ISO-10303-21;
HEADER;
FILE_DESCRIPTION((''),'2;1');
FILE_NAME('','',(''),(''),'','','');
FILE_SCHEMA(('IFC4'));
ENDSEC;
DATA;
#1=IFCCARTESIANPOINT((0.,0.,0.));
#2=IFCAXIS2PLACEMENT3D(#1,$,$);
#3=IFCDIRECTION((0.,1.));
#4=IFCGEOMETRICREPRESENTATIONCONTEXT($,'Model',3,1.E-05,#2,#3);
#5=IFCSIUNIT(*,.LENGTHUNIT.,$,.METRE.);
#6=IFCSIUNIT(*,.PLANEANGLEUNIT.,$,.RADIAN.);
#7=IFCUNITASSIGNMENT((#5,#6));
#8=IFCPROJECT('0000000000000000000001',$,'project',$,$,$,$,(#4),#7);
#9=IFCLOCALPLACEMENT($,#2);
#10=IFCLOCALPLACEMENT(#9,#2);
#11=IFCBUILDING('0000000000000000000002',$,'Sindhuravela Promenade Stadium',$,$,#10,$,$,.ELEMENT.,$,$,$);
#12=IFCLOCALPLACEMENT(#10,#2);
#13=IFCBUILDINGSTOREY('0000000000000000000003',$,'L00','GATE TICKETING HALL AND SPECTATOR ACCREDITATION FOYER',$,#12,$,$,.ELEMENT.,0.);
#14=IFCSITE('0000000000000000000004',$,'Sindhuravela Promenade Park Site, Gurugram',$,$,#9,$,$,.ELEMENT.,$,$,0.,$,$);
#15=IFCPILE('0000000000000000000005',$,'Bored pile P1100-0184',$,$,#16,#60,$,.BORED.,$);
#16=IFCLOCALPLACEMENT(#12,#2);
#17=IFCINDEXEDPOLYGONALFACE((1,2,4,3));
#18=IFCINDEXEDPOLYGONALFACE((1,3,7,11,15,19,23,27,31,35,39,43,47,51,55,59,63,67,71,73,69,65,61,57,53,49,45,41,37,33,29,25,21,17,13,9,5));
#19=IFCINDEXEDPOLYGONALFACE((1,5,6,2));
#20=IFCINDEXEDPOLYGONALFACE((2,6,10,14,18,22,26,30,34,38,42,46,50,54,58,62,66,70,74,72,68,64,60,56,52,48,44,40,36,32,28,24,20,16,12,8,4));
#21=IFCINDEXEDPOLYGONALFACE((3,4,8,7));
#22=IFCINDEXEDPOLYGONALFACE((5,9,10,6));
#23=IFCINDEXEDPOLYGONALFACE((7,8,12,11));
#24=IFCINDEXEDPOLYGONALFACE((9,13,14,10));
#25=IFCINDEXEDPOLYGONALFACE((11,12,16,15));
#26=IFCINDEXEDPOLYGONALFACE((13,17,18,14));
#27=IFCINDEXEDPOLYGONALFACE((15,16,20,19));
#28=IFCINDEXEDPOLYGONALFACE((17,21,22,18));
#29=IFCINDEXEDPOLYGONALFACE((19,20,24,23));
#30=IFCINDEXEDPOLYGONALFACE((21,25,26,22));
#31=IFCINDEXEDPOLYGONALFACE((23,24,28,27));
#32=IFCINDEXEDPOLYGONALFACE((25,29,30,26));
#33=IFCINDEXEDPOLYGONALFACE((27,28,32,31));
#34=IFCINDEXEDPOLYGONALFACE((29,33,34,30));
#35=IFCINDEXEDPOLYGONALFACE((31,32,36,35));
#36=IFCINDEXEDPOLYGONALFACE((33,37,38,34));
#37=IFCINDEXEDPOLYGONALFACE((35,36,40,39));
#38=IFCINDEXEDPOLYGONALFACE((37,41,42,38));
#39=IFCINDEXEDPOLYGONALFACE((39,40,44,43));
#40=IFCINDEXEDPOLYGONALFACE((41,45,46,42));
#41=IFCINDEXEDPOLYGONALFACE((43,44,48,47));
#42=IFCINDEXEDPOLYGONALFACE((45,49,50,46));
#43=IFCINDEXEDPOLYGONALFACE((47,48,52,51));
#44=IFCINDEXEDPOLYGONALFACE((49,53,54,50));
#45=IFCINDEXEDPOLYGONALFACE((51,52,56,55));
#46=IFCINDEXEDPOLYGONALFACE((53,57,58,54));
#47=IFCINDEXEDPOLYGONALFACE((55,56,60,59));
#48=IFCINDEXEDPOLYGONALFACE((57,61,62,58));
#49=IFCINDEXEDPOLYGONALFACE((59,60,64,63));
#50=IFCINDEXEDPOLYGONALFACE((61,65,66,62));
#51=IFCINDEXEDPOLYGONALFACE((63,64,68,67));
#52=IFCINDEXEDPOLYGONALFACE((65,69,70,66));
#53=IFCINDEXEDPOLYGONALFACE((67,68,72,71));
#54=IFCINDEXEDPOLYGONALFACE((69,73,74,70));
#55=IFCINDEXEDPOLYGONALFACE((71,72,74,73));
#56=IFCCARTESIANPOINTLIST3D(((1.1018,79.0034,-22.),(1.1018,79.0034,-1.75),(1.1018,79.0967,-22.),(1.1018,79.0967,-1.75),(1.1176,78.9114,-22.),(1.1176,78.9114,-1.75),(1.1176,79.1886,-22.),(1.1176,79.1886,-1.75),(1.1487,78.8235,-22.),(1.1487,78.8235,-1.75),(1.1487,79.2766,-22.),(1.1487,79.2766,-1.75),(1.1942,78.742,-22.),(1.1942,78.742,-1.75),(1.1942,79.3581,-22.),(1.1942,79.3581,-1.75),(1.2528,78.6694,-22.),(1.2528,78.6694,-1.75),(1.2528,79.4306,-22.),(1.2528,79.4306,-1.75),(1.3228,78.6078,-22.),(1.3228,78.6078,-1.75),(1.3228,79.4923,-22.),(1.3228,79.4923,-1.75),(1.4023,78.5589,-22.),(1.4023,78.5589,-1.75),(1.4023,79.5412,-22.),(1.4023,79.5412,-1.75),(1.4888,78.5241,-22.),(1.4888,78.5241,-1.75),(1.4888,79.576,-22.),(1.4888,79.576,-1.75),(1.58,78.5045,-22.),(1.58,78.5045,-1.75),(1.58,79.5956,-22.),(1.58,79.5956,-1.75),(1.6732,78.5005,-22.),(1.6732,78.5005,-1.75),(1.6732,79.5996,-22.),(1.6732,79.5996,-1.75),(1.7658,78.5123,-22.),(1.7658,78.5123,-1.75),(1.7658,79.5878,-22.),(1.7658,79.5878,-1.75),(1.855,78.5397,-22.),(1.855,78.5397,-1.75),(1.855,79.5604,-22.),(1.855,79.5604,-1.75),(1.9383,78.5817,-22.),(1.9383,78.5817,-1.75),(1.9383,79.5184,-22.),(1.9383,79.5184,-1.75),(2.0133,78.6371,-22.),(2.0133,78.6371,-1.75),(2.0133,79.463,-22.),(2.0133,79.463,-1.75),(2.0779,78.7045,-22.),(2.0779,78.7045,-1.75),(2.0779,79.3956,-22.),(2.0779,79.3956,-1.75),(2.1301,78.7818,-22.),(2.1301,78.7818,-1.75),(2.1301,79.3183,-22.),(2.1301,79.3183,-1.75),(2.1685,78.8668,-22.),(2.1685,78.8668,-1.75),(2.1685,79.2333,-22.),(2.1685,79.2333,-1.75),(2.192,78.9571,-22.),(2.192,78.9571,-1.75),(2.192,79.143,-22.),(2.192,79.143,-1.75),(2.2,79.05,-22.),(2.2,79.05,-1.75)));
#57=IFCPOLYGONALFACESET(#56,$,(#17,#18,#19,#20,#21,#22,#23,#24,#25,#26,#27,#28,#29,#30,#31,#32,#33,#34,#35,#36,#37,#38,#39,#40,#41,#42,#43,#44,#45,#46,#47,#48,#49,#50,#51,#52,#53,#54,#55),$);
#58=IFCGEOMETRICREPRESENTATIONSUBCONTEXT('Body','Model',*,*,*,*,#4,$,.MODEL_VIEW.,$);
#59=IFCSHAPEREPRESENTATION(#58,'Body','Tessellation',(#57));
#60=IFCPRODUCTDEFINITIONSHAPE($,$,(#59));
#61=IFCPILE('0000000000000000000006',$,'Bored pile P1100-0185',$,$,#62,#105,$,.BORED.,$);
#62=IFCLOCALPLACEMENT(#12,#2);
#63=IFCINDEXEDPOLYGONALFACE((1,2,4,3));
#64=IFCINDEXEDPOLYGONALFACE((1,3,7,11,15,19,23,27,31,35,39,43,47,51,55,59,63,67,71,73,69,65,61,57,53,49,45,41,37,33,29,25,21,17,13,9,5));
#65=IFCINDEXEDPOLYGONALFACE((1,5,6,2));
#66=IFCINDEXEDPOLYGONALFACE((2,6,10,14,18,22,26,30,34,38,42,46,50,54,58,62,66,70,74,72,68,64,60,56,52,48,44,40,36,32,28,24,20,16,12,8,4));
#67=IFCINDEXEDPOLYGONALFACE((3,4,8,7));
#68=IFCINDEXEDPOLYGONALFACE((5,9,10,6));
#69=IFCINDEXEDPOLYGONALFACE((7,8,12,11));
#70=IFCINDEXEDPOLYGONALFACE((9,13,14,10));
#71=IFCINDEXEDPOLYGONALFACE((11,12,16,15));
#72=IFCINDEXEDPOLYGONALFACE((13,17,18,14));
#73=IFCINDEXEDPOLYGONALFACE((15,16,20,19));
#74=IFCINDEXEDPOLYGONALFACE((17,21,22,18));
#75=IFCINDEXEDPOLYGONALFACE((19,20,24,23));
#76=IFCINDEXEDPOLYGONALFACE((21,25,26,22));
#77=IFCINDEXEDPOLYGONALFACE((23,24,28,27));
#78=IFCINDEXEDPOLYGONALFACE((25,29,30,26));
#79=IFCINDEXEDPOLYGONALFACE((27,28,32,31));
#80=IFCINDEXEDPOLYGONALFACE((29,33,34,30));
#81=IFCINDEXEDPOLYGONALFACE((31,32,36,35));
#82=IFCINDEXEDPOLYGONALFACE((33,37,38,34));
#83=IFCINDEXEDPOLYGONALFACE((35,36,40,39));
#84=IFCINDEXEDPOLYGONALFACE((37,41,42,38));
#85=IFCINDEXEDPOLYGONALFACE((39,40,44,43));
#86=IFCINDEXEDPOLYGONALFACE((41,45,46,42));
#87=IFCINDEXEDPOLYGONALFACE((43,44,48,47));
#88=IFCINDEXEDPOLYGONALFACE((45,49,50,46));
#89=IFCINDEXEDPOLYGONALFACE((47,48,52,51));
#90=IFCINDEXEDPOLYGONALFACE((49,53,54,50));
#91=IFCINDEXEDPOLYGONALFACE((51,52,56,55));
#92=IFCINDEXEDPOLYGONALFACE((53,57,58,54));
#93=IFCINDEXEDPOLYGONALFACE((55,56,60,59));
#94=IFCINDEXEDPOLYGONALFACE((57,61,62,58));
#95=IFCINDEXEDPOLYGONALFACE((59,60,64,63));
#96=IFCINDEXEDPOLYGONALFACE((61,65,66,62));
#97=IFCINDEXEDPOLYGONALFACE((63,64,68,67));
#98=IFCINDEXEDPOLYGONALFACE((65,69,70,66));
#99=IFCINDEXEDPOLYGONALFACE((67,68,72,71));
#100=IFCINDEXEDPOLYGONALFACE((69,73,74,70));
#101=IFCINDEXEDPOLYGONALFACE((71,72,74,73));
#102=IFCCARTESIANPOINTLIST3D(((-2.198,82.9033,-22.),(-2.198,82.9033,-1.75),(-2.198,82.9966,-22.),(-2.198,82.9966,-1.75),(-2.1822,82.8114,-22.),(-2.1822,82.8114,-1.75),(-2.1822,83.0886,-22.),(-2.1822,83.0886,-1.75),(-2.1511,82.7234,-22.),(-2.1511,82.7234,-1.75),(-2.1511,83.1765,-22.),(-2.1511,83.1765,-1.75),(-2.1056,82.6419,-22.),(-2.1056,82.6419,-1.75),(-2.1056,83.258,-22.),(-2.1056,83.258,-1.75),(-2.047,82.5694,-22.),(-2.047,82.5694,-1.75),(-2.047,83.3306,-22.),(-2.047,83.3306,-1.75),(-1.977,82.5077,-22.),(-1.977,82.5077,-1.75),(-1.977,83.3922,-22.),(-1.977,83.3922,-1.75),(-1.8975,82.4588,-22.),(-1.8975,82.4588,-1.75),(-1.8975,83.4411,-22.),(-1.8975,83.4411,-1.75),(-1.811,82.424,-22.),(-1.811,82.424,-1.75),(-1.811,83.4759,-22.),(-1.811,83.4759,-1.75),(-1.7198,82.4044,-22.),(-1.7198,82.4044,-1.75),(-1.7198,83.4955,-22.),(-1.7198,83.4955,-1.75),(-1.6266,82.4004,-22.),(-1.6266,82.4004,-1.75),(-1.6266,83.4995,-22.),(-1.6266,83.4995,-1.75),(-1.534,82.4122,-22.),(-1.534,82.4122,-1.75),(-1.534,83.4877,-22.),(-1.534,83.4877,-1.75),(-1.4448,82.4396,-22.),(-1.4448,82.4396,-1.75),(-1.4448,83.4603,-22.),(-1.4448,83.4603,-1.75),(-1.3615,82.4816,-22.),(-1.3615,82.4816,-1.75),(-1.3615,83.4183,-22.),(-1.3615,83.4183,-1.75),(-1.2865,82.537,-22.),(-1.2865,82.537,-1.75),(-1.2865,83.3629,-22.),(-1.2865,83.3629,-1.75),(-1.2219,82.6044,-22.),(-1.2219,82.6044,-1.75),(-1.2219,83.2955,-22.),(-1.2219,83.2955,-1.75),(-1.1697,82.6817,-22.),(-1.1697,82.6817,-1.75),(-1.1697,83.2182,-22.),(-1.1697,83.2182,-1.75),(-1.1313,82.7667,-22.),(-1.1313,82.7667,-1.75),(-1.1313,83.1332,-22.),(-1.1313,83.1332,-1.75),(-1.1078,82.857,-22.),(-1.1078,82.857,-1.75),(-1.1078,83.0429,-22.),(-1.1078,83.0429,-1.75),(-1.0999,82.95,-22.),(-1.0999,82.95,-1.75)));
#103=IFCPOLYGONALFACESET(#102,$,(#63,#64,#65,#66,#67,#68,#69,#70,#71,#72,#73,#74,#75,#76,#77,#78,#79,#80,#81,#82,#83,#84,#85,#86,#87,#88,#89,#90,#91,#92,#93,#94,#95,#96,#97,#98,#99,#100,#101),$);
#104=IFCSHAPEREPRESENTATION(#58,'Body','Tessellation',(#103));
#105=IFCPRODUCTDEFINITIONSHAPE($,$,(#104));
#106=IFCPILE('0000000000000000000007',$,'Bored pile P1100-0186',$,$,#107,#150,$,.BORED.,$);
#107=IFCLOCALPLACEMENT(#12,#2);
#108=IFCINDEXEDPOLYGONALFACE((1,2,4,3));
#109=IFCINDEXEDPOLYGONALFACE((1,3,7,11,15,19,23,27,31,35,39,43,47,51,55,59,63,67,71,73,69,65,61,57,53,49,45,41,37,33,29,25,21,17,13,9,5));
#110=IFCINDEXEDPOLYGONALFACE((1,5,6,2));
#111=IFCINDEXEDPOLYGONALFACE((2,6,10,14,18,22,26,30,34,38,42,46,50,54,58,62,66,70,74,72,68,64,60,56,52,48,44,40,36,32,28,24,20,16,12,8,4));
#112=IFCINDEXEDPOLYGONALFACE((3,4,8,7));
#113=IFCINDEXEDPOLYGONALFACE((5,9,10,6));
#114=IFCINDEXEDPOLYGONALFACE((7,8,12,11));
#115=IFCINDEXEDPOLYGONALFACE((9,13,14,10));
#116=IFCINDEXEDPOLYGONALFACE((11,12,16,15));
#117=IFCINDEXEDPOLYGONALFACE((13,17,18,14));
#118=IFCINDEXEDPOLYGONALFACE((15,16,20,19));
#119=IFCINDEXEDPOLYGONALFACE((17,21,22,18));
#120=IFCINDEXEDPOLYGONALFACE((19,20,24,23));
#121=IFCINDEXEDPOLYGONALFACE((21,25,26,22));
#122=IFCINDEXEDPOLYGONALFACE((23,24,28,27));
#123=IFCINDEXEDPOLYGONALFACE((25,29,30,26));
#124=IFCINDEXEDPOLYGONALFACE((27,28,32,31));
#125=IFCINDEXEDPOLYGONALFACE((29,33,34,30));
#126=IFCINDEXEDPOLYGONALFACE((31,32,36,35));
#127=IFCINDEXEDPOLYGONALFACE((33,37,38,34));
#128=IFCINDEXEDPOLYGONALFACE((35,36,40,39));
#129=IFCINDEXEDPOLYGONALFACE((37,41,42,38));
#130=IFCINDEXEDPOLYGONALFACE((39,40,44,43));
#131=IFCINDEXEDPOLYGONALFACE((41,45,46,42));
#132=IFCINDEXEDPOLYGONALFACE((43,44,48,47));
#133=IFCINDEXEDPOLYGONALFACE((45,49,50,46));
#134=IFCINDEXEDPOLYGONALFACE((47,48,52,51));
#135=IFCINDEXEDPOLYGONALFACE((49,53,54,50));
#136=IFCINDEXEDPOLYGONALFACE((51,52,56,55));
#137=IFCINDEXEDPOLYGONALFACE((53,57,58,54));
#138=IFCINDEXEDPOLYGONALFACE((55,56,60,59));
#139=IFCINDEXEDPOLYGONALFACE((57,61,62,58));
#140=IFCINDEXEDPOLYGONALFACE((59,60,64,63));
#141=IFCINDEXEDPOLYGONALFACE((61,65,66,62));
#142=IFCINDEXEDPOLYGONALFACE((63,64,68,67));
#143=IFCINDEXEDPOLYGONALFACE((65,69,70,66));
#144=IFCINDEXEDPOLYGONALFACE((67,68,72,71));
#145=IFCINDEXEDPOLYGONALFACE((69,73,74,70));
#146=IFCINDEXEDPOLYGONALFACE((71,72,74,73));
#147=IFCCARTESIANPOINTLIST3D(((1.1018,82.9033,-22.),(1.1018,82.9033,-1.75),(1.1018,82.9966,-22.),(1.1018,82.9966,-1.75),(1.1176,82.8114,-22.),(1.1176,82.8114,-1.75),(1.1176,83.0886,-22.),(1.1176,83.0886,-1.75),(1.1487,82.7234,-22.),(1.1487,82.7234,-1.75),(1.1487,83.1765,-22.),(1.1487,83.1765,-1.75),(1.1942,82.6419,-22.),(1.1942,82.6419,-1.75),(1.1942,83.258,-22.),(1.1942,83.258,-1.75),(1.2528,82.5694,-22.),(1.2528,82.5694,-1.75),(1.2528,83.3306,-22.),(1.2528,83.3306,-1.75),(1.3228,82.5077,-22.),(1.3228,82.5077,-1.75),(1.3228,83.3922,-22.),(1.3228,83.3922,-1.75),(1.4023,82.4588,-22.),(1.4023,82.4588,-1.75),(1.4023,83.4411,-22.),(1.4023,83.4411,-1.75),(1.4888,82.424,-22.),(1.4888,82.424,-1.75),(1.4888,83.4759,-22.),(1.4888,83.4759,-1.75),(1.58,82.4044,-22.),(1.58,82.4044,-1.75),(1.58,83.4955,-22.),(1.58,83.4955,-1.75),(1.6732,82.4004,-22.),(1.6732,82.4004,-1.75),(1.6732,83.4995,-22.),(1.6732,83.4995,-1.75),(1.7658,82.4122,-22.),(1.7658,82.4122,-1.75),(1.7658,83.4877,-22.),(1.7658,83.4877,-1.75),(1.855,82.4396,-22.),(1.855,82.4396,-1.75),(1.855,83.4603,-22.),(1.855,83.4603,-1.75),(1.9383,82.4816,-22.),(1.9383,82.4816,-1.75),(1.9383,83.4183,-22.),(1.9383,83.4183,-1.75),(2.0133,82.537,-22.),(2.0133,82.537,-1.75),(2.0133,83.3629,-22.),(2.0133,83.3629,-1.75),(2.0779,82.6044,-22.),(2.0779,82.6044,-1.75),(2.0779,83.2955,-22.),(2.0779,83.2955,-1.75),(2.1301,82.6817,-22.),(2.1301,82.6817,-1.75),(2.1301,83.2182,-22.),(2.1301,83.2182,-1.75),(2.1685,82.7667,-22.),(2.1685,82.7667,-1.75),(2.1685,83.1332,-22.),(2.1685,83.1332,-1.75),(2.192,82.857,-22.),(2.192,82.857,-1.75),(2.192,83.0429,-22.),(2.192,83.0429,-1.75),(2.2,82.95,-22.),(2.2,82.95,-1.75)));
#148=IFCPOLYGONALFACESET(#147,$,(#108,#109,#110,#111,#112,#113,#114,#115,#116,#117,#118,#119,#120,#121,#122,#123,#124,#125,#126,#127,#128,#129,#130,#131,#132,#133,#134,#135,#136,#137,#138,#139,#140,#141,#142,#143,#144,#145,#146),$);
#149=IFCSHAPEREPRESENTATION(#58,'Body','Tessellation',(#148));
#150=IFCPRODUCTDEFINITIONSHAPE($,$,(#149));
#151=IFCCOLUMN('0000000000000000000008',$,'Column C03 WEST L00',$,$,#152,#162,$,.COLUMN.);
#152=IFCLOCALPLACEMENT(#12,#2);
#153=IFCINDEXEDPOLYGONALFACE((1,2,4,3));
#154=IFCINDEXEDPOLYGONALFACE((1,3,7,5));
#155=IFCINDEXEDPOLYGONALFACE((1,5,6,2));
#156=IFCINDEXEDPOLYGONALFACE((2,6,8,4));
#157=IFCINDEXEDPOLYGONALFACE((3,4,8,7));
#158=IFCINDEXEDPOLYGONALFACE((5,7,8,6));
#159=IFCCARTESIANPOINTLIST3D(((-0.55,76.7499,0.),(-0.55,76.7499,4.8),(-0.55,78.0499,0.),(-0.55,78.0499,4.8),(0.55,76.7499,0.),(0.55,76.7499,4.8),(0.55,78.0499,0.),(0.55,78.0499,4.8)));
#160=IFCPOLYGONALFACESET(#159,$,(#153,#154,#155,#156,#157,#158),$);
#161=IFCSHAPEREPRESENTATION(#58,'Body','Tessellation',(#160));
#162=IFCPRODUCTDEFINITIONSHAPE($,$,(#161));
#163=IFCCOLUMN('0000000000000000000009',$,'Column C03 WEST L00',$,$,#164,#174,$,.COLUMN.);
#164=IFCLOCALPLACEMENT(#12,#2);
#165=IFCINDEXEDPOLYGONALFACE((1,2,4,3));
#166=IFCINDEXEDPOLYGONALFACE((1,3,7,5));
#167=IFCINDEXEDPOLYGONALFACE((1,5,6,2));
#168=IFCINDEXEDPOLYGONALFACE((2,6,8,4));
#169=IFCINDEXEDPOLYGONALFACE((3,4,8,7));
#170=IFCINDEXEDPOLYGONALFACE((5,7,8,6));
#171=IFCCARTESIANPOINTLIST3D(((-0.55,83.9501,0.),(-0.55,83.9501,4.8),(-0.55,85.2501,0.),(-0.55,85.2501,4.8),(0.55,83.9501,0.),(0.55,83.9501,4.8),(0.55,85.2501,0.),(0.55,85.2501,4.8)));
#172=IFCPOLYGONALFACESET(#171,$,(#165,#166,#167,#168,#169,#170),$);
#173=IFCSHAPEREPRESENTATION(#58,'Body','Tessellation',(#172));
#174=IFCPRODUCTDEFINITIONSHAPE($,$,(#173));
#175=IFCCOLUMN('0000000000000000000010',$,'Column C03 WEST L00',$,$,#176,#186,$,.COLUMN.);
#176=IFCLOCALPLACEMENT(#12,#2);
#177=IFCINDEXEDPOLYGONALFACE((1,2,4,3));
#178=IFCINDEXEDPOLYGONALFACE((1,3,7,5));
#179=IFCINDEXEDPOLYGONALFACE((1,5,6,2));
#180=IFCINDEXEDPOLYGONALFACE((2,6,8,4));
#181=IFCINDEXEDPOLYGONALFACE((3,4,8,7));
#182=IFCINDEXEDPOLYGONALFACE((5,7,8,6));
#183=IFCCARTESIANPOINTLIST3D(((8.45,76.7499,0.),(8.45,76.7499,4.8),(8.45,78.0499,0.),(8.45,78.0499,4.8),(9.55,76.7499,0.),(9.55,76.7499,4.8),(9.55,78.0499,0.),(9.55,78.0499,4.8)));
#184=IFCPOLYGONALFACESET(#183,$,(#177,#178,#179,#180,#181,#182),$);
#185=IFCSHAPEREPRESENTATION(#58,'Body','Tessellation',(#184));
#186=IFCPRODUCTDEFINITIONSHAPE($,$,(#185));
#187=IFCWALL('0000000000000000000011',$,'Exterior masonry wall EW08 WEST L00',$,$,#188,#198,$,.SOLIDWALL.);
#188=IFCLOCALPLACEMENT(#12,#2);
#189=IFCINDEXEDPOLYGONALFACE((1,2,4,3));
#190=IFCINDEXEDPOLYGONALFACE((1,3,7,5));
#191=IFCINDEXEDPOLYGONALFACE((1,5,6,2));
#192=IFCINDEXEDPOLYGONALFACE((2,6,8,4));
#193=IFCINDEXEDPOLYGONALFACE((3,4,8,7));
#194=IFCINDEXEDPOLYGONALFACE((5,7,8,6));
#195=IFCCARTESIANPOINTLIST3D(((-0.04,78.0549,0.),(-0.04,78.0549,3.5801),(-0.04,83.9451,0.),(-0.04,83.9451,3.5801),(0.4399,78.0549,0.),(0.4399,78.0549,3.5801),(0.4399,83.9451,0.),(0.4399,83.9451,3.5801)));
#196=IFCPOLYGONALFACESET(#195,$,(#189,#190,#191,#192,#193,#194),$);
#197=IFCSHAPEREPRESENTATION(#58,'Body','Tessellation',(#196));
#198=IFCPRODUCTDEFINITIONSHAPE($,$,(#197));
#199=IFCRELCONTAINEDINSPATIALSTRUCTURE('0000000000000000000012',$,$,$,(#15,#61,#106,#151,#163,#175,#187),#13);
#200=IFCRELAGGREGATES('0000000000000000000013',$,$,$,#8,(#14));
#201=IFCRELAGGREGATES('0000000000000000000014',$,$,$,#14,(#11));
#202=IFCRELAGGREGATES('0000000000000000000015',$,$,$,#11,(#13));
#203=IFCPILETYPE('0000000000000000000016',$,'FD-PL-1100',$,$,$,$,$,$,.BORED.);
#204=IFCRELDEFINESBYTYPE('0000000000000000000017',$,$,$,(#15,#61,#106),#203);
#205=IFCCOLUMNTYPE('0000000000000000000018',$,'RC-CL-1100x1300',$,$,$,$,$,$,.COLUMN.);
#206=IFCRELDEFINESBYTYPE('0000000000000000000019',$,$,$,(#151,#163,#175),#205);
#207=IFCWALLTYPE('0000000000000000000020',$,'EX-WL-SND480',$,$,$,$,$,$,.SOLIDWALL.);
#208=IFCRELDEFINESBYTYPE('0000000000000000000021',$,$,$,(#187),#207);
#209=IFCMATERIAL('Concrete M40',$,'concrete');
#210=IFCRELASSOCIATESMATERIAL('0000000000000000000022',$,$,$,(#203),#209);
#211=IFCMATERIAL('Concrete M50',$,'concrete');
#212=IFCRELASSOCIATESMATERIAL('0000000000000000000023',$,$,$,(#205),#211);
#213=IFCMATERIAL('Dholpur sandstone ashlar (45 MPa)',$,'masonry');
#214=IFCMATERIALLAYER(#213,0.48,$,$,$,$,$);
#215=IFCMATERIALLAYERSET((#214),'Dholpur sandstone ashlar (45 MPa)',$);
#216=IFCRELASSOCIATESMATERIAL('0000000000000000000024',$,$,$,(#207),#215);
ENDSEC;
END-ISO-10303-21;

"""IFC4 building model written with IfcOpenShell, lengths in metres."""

from ifc_helpers import new_model, si_unit, direction, frame, frame_2d, origin, origin_2d, place, context, subcontext, project, spatial, rectangle, circle, extrude, material, layer, layer_set, material_profile, profile_set, type_object, element, save


model = new_model("IFC4")

# Units and contexts
model_context = context("Model", 3, precision=1e-05, world=origin(), true_north=direction((0.0, 1.0)))
body_context = subcontext(model_context, "Body", "Model", "MODEL_VIEW")
ifc_project = project(units=[si_unit("LENGTHUNIT", "METRE"), si_unit("PLANEANGLEUNIT", "RADIAN")], contexts=[model_context])

# Site, building, storey
site_placement = place(None, origin())
site = spatial("IfcSite", under=ifc_project, at=site_placement, Name="Sindhuravela Promenade Park Site, Gurugram", CompositionType="ELEMENT", RefElevation=0.0)
building_placement = place(site_placement, origin())
building = spatial("IfcBuilding", under=site, at=building_placement, Name="Sindhuravela Promenade Stadium", CompositionType="ELEMENT")
storey_placement = place(building_placement, origin())
storey = spatial("IfcBuildingStorey", under=building, at=storey_placement, Name="L00", Description="GATE TICKETING HALL AND SPECTATOR ACCREDITATION FOYER", CompositionType="ELEMENT", Elevation=0.0)

# Shared definitions
ifc_material_1 = material(Name="Concrete M40", Category="concrete")
ifc_material_2 = material(Name="Concrete M50", Category="concrete")

# Piles
ifc_material_profile_1 = material_profile(ifc_material_1, circle(Radius=0.55, at=origin_2d()), Name="BORED PILE D1100")
ifc_profile_set_1 = profile_set([ifc_material_profile_1], Name="Concrete M40")
pile_type = type_object("IfcPileType", Name="FD-PL-1100", PredefinedType="BORED", material=ifc_profile_set_1)
for number, where, z_axis, x_axis, name in (
    (1, (1.6499, 79.05, -1.75), (0.0, 0.0, -1.0), (1.0, 0.0, 0.0), "Bored pile P1100-0184"),
    (2, (-1.6499, 82.95, -1.75), (0.0, 0.0, -1.0), (1.0, 0.0, 0.0), "Bored pile P1100-0185"),
    (3, (1.6499, 82.95, -1.75), (0.0, 0.0, -1.0), (1.0, 0.0, 0.0), "Bored pile P1100-0186"),
):
    element("IfcPile", number, at=place(storey_placement, frame(where, z_axis=z_axis, x_axis=x_axis)), inside=storey, type_object=pile_type, Name=name, PredefinedType="BORED", context=body_context, shape_type="SweptSolid", body=[
        extrude(circle(Radius=0.55, at=origin_2d()), origin(), (0.0, 0.0, 1.0), 20.25),
    ])

# Columns
ifc_material_profile_2 = material_profile(ifc_material_2, rectangle(XDim=1.1001, YDim=1.3, at=origin_2d()), Name="RC 1100x1300")
ifc_profile_set_2 = profile_set([ifc_material_profile_2], Name="Concrete M50")
column_type = type_object("IfcColumnType", Name="RC-CL-1100x1300", PredefinedType="COLUMN", material=ifc_profile_set_2)
for number, where, z_axis, x_axis, name in (
    (4, (0.0, 77.3999, 0.0), (0.0, 0.0, 1.0), (1.0, 0.0, 0.0), "Column C03 WEST L00"),
    (5, (0.0, 84.6001, 0.0), (0.0, 0.0, 1.0), (1.0, 0.0, 0.0), "Column C03 WEST L00"),
    (6, (9.0, 77.3999, 0.0), (0.0, 0.0, 1.0), (1.0, 0.0, 0.0), "Column C03 WEST L00"),
):
    element("IfcColumn", number, at=place(storey_placement, frame(where, z_axis=z_axis, x_axis=x_axis)), inside=storey, type_object=column_type, Name=name, PredefinedType="COLUMN", context=body_context, shape_type="SweptSolid", body=[
        extrude(rectangle(XDim=1.1001, YDim=1.3, at=origin_2d()), origin(), (0.0, 0.0, 1.0), 4.8),
    ])

# Wall
ifc_material_3 = material(Name="Dholpur sandstone ashlar (45 MPa)", Category="masonry")
ifc_layer_1 = layer(ifc_material_3, 0.48)
ifc_layer_set_1 = layer_set([ifc_layer_1], Name="Dholpur sandstone ashlar (45 MPa)")
wall_type_1 = type_object("IfcWallType", Name="EX-WL-SND480", PredefinedType="SOLIDWALL", material=ifc_layer_set_1)
wall_1_placement = place(storey_placement, frame((0.2, 78.0549, 0.0), z_axis=(0.0, 0.0, 1.0), x_axis=(0.0, 1.0, 0.0)))
element("IfcWall", 7, at=wall_1_placement, inside=storey, type_object=wall_type_1, Name="Exterior masonry wall EW08 WEST L00", PredefinedType="SOLIDWALL", context=body_context, shape_type="SweptSolid", body=[
    extrude(rectangle(XDim=5.8901, YDim=0.48, at=frame_2d((2.9451, 0.0))), origin(), (0.0, 0.0, 1.0), 3.5801),
])

save(model, "model.ifc")
